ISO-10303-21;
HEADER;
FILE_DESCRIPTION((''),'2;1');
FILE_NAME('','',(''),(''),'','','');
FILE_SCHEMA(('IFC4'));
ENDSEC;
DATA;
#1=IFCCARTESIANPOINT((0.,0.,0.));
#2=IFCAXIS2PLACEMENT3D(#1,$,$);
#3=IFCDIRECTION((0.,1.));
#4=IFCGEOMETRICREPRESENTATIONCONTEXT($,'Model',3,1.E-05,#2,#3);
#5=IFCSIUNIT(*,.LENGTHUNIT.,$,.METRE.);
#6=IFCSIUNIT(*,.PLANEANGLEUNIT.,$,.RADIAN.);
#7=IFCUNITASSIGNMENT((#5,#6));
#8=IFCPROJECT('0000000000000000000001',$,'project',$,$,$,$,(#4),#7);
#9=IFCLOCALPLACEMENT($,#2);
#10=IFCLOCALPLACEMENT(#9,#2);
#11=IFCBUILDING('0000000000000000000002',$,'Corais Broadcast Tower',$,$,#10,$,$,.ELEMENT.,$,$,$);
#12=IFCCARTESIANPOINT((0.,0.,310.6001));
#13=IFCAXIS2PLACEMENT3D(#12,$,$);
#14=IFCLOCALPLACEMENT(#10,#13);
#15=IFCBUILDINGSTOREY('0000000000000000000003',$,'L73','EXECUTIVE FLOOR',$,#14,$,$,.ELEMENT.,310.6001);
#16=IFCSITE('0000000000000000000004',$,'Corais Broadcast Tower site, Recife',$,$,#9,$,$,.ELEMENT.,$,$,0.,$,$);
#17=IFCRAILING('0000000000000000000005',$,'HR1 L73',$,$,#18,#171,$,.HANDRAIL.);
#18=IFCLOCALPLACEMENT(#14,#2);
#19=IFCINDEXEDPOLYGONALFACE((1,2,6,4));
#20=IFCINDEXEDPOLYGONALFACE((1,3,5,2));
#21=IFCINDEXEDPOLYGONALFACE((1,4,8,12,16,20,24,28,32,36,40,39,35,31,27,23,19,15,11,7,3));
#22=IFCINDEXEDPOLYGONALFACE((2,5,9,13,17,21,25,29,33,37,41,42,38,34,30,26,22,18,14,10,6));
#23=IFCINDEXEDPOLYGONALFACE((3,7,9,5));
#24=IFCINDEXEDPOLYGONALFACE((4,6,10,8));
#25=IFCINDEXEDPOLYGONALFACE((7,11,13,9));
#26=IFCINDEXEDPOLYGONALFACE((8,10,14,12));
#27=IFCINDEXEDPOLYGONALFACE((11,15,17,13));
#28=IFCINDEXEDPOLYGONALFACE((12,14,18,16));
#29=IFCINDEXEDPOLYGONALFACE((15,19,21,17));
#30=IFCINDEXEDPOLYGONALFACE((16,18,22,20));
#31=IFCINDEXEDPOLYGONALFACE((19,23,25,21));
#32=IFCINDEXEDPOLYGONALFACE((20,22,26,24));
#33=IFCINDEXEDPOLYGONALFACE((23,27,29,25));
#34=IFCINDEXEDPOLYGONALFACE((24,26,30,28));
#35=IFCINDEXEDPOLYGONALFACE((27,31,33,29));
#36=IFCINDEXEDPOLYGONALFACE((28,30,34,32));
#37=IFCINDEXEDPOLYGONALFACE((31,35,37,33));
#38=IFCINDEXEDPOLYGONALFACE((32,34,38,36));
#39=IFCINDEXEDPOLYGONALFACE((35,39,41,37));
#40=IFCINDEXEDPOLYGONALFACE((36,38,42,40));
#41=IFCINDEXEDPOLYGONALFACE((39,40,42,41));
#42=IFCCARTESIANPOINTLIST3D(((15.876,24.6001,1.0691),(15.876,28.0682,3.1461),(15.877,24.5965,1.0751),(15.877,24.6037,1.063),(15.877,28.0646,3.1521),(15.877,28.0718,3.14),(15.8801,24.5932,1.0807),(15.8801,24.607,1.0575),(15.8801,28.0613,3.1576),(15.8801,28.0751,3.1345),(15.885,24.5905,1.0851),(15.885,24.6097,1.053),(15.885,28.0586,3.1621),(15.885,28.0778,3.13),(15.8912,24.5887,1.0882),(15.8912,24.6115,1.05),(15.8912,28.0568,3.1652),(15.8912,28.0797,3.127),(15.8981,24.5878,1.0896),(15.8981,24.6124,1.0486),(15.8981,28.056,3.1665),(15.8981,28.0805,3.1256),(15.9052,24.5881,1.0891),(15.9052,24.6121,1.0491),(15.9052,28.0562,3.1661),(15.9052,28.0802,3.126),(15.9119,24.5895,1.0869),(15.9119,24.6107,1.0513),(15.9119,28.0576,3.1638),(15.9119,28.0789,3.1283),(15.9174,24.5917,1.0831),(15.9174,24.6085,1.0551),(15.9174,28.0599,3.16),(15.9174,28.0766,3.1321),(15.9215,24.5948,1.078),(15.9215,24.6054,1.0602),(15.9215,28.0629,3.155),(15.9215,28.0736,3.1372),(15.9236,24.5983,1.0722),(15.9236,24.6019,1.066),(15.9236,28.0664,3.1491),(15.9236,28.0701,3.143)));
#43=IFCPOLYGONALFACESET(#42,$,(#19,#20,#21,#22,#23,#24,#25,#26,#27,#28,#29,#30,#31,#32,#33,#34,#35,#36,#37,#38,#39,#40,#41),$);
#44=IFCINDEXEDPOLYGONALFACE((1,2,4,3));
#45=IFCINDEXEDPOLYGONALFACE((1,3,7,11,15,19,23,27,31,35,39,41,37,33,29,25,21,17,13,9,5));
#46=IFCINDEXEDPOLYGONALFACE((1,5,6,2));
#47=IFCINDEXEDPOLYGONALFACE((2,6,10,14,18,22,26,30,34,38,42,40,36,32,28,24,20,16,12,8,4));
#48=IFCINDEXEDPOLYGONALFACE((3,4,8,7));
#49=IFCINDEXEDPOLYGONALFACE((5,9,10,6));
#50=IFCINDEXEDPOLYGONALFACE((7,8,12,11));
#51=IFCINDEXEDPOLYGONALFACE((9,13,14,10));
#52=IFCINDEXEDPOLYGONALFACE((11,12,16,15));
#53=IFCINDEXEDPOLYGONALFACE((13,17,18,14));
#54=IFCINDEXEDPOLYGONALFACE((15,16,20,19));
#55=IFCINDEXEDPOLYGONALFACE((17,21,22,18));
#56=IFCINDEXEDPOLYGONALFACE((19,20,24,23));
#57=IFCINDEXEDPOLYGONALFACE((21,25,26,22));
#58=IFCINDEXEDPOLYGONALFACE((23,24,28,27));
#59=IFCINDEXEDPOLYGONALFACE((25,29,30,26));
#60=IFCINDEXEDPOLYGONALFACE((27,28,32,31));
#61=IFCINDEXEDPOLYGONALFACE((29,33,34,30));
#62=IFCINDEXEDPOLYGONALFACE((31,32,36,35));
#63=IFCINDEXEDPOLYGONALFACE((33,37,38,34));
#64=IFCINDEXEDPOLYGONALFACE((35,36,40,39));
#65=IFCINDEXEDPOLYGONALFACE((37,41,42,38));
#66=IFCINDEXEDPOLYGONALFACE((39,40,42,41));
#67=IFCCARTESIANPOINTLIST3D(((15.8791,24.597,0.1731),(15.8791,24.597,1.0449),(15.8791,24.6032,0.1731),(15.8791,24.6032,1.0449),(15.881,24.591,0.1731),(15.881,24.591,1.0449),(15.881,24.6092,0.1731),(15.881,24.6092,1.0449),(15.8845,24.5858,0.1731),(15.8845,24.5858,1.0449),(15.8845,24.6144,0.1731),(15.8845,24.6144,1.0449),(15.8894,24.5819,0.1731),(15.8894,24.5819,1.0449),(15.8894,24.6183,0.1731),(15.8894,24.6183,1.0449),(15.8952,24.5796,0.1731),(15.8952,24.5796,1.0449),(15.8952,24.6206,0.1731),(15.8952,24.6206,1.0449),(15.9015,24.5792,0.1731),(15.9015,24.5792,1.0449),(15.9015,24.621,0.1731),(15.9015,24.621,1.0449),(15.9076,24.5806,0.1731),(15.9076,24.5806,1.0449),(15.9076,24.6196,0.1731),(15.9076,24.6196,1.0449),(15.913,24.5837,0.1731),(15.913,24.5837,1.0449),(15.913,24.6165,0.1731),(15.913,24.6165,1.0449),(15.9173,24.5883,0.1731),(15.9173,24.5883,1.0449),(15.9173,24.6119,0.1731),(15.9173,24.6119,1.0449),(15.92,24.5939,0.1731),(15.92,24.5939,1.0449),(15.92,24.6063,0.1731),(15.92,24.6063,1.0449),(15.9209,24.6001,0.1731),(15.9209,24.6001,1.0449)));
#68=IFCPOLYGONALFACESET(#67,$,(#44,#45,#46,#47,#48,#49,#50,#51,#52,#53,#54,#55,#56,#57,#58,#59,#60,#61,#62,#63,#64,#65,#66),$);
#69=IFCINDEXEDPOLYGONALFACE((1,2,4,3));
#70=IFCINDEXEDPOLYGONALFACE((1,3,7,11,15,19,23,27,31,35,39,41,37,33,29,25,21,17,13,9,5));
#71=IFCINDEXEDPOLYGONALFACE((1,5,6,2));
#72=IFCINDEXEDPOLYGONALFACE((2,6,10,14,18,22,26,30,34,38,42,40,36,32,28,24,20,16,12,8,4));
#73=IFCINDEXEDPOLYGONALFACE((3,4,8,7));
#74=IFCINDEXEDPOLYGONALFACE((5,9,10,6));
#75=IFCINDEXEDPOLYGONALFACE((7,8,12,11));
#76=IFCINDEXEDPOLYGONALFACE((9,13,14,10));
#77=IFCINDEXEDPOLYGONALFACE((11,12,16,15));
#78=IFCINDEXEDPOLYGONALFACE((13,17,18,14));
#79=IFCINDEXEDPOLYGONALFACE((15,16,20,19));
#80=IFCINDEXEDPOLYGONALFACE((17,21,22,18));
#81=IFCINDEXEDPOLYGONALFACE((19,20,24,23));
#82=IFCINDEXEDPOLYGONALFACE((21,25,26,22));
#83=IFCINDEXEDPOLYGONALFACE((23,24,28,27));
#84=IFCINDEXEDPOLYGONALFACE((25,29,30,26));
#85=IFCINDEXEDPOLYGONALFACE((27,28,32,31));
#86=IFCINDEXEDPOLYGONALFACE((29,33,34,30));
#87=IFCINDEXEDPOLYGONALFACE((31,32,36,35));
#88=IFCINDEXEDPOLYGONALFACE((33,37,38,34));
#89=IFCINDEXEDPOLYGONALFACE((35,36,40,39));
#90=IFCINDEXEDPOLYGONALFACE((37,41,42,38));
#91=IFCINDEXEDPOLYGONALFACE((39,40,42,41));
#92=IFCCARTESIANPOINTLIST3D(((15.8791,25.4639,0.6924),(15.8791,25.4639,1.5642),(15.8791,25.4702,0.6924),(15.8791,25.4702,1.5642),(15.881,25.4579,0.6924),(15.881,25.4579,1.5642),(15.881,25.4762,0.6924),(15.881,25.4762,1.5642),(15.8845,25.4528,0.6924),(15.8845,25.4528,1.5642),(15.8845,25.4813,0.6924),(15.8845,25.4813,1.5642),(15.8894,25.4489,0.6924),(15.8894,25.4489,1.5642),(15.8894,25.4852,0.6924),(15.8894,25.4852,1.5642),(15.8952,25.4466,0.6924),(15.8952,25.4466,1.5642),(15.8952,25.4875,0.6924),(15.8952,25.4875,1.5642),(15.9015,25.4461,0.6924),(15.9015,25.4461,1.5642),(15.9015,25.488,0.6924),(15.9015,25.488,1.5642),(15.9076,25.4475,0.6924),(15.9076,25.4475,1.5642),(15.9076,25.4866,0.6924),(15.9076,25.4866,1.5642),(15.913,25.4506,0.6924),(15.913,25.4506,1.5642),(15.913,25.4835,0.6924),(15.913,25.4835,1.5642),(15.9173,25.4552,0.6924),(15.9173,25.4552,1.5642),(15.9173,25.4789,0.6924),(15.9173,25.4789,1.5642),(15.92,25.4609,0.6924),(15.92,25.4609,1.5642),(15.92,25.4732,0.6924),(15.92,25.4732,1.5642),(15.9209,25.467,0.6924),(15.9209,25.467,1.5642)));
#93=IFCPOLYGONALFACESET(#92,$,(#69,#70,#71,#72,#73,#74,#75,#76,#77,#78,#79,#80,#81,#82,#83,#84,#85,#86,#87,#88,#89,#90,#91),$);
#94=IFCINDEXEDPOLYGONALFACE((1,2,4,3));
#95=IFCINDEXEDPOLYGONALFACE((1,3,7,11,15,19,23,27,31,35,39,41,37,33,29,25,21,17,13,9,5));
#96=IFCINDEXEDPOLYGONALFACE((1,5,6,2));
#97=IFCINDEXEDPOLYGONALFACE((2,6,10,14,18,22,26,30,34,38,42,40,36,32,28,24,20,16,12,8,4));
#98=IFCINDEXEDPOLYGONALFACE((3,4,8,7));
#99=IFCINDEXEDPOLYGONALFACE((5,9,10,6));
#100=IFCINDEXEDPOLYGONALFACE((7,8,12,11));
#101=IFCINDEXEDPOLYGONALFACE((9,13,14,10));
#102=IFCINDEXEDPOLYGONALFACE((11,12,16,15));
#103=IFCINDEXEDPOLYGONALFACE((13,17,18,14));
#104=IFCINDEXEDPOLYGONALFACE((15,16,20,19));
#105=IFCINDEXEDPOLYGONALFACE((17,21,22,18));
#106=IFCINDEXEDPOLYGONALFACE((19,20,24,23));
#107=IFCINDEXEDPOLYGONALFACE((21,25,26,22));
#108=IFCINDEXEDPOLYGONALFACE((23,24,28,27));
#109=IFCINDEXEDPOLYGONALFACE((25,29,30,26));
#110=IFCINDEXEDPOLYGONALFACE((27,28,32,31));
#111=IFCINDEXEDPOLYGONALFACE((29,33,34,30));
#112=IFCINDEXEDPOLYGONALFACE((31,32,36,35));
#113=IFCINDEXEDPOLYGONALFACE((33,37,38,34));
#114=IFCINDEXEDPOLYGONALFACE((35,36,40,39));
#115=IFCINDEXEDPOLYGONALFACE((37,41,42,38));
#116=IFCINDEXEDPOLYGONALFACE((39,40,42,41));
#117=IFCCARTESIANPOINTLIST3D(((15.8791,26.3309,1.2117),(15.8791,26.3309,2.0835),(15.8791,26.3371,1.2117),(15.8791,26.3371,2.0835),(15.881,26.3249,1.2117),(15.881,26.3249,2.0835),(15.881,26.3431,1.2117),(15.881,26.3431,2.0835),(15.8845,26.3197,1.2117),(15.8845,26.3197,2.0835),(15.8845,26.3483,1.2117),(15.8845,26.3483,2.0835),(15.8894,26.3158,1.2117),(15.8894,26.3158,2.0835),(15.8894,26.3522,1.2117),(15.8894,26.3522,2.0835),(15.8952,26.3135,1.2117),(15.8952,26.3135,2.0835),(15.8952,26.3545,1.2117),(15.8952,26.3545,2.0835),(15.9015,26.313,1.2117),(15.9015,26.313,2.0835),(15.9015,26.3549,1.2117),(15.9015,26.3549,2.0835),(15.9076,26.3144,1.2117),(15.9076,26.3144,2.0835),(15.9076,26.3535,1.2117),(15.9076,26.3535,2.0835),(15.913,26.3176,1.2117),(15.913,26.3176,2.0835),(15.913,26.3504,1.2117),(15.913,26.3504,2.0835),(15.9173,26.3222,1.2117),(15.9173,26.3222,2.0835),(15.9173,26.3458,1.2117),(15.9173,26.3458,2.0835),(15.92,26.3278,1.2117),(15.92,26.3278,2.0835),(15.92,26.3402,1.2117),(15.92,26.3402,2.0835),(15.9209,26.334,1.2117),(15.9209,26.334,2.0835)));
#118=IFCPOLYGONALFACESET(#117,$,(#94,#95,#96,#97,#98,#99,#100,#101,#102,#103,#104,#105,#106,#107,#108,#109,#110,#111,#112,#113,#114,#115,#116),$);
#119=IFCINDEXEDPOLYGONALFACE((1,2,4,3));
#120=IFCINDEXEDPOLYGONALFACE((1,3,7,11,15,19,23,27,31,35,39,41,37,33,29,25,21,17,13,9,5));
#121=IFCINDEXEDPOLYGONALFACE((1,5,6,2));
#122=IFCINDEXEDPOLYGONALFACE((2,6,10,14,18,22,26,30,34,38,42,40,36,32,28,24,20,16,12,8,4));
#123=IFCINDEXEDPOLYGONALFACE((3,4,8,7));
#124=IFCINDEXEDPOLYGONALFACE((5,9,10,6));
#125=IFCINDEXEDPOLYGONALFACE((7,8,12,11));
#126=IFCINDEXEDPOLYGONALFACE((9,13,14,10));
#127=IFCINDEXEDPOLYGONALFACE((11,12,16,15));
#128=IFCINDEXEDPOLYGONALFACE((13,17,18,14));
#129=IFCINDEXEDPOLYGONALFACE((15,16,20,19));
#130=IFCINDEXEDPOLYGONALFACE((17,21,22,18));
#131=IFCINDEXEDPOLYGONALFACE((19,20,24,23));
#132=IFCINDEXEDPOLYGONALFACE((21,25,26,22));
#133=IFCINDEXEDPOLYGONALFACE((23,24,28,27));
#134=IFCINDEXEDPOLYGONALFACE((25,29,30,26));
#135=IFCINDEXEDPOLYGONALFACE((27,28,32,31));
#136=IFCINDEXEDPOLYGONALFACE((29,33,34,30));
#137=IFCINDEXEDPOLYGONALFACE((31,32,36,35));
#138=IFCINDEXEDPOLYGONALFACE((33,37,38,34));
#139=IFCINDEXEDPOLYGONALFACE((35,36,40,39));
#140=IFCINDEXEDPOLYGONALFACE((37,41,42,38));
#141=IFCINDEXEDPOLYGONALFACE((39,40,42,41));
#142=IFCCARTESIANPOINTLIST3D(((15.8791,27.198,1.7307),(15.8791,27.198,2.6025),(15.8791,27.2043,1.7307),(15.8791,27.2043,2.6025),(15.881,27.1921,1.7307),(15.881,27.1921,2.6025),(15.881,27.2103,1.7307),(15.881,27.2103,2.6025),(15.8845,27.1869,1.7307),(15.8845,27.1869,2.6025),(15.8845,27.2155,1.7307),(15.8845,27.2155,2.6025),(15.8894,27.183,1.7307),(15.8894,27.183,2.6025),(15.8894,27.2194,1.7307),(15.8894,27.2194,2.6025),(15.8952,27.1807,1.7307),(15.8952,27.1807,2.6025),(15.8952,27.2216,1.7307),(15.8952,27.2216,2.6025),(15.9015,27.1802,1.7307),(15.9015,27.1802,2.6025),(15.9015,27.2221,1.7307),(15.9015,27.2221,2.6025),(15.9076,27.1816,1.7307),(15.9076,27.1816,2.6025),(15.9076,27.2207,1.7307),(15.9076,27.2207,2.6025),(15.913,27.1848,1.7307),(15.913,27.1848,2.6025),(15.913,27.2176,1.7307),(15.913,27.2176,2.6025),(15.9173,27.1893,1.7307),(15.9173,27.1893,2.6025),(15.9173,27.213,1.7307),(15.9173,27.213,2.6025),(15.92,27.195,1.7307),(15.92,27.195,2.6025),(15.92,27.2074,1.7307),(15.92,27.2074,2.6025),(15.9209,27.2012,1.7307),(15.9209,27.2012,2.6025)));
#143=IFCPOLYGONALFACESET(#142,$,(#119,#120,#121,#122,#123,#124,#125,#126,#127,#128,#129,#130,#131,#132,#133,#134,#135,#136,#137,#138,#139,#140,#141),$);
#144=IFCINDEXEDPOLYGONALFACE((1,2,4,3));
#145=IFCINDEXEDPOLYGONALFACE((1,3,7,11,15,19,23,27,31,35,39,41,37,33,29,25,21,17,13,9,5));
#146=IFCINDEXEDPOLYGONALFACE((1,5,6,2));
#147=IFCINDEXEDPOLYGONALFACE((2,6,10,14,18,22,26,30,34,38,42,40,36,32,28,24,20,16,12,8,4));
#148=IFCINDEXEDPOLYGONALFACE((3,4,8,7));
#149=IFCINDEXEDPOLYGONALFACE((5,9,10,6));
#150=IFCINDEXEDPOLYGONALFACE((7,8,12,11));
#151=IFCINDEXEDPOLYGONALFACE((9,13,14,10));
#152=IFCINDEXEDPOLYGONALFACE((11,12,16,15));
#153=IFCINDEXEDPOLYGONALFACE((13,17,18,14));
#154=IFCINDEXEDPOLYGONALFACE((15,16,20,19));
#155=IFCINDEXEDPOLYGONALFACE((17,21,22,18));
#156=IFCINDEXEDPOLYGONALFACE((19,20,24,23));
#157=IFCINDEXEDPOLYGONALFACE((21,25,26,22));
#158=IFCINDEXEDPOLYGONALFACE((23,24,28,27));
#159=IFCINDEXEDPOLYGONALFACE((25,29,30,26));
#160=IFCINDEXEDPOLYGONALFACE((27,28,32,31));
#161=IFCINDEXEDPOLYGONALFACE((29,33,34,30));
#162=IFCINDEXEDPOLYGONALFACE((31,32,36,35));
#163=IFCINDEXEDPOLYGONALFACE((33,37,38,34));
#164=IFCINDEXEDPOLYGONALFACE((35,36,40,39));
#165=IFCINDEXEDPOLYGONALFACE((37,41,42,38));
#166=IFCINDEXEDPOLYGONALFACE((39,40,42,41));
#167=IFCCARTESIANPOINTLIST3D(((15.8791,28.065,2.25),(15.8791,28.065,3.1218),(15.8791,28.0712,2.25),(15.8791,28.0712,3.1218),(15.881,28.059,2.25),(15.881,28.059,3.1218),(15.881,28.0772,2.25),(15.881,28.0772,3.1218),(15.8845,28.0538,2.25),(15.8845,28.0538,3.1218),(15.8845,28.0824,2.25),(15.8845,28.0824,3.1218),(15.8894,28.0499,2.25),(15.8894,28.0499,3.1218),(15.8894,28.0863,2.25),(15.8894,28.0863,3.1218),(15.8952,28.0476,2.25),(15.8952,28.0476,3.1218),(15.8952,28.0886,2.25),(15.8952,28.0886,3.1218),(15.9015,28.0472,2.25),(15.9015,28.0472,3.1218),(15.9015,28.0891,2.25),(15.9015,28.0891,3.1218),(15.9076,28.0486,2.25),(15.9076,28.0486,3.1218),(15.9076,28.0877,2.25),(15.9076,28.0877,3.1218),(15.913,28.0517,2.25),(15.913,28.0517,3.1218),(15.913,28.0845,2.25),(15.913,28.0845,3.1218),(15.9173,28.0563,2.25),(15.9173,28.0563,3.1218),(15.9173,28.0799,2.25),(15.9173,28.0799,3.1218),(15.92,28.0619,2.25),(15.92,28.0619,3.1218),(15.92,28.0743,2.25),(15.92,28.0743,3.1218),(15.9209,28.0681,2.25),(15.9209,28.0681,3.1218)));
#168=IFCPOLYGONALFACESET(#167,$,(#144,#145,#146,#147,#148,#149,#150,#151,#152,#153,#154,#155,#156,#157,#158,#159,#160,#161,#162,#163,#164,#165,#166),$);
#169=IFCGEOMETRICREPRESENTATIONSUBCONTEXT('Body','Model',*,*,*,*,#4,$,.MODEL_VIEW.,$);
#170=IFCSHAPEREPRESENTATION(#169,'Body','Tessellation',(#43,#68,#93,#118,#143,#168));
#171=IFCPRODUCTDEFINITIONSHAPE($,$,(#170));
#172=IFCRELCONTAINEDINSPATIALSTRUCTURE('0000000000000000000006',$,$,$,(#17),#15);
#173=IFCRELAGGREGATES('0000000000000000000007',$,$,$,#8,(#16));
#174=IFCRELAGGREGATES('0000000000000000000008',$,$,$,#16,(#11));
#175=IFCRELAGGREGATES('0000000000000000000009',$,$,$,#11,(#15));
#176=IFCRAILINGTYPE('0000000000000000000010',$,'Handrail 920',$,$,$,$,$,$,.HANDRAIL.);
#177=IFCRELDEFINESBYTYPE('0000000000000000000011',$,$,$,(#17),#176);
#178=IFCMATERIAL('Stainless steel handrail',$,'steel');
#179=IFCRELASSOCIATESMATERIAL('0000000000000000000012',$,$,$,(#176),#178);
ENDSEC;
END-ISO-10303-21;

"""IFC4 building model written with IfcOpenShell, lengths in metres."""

from ifc_helpers import new_model, si_unit, direction, frame, origin, origin_2d, place, context, subcontext, project, spatial, circle, extrude, material, type_object, element, save


model = new_model("IFC4")

# Units and contexts
model_context = context("Model", 3, precision=1e-05, world=origin(), true_north=direction((0.0, 1.0)))
body_context = subcontext(model_context, "Body", "Model", "MODEL_VIEW")
ifc_project = project(units=[si_unit("LENGTHUNIT", "METRE"), si_unit("PLANEANGLEUNIT", "RADIAN")], contexts=[model_context])

# Site, building, storey
site_placement = place(None, origin())
site = spatial("IfcSite", under=ifc_project, at=site_placement, Name="Corais Broadcast Tower site, Recife", CompositionType="ELEMENT", RefElevation=0.0)
building_placement = place(site_placement, origin())
building = spatial("IfcBuilding", under=site, at=building_placement, Name="Corais Broadcast Tower", CompositionType="ELEMENT")
storey_placement = place(building_placement, frame((0.0, 0.0, 310.6001)))
storey = spatial("IfcBuildingStorey", under=building, at=storey_placement, Name="L73", Description="EXECUTIVE FLOOR", CompositionType="ELEMENT", Elevation=310.6001)

# Railing
ifc_material_1 = material(Name="Stainless steel handrail", Category="steel")
railing_type = type_object("IfcRailingType", Name="Handrail 920", PredefinedType="HANDRAIL", material=ifc_material_1)
for number, where, name in (
    (1, (15.8999, 24.6001, 0.1731), "HR1 L73"),
):
    element("IfcRailing", number, at=place(storey_placement, frame(where)), inside=storey, type_object=railing_type, Name=name, PredefinedType="HANDRAIL", context=body_context, shape_type="SweptSolid", body=[
        extrude(circle(Radius=0.0239, at=origin_2d()), frame((0.0, 0.0, 0.896), z_axis=(0.0, 0.857919, 0.513785), x_axis=(-1.0, 0.0, 0.0)), (0.0, 0.0, 1.0), 4.0425),
        extrude(circle(Radius=0.021, at=origin_2d()), origin(), (0.0, 0.0, 1.0), 0.8718),
        extrude(circle(Radius=0.021, at=origin_2d()), frame((0.0, 0.8669, 0.5193)), (0.0, 0.0, 1.0), 0.8718),
        extrude(circle(Radius=0.021, at=origin_2d()), frame((0.0, 1.7339, 1.0386)), (0.0, 0.0, 1.0), 0.8718),
        extrude(circle(Radius=0.021, at=origin_2d()), frame((0.0, 2.6011, 1.5576)), (0.0, 0.0, 1.0), 0.8718),
        extrude(circle(Radius=0.021, at=origin_2d()), frame((0.0, 3.468, 2.0769)), (0.0, 0.0, 1.0), 0.8718),
    ])

save(model, "model.ifc")
